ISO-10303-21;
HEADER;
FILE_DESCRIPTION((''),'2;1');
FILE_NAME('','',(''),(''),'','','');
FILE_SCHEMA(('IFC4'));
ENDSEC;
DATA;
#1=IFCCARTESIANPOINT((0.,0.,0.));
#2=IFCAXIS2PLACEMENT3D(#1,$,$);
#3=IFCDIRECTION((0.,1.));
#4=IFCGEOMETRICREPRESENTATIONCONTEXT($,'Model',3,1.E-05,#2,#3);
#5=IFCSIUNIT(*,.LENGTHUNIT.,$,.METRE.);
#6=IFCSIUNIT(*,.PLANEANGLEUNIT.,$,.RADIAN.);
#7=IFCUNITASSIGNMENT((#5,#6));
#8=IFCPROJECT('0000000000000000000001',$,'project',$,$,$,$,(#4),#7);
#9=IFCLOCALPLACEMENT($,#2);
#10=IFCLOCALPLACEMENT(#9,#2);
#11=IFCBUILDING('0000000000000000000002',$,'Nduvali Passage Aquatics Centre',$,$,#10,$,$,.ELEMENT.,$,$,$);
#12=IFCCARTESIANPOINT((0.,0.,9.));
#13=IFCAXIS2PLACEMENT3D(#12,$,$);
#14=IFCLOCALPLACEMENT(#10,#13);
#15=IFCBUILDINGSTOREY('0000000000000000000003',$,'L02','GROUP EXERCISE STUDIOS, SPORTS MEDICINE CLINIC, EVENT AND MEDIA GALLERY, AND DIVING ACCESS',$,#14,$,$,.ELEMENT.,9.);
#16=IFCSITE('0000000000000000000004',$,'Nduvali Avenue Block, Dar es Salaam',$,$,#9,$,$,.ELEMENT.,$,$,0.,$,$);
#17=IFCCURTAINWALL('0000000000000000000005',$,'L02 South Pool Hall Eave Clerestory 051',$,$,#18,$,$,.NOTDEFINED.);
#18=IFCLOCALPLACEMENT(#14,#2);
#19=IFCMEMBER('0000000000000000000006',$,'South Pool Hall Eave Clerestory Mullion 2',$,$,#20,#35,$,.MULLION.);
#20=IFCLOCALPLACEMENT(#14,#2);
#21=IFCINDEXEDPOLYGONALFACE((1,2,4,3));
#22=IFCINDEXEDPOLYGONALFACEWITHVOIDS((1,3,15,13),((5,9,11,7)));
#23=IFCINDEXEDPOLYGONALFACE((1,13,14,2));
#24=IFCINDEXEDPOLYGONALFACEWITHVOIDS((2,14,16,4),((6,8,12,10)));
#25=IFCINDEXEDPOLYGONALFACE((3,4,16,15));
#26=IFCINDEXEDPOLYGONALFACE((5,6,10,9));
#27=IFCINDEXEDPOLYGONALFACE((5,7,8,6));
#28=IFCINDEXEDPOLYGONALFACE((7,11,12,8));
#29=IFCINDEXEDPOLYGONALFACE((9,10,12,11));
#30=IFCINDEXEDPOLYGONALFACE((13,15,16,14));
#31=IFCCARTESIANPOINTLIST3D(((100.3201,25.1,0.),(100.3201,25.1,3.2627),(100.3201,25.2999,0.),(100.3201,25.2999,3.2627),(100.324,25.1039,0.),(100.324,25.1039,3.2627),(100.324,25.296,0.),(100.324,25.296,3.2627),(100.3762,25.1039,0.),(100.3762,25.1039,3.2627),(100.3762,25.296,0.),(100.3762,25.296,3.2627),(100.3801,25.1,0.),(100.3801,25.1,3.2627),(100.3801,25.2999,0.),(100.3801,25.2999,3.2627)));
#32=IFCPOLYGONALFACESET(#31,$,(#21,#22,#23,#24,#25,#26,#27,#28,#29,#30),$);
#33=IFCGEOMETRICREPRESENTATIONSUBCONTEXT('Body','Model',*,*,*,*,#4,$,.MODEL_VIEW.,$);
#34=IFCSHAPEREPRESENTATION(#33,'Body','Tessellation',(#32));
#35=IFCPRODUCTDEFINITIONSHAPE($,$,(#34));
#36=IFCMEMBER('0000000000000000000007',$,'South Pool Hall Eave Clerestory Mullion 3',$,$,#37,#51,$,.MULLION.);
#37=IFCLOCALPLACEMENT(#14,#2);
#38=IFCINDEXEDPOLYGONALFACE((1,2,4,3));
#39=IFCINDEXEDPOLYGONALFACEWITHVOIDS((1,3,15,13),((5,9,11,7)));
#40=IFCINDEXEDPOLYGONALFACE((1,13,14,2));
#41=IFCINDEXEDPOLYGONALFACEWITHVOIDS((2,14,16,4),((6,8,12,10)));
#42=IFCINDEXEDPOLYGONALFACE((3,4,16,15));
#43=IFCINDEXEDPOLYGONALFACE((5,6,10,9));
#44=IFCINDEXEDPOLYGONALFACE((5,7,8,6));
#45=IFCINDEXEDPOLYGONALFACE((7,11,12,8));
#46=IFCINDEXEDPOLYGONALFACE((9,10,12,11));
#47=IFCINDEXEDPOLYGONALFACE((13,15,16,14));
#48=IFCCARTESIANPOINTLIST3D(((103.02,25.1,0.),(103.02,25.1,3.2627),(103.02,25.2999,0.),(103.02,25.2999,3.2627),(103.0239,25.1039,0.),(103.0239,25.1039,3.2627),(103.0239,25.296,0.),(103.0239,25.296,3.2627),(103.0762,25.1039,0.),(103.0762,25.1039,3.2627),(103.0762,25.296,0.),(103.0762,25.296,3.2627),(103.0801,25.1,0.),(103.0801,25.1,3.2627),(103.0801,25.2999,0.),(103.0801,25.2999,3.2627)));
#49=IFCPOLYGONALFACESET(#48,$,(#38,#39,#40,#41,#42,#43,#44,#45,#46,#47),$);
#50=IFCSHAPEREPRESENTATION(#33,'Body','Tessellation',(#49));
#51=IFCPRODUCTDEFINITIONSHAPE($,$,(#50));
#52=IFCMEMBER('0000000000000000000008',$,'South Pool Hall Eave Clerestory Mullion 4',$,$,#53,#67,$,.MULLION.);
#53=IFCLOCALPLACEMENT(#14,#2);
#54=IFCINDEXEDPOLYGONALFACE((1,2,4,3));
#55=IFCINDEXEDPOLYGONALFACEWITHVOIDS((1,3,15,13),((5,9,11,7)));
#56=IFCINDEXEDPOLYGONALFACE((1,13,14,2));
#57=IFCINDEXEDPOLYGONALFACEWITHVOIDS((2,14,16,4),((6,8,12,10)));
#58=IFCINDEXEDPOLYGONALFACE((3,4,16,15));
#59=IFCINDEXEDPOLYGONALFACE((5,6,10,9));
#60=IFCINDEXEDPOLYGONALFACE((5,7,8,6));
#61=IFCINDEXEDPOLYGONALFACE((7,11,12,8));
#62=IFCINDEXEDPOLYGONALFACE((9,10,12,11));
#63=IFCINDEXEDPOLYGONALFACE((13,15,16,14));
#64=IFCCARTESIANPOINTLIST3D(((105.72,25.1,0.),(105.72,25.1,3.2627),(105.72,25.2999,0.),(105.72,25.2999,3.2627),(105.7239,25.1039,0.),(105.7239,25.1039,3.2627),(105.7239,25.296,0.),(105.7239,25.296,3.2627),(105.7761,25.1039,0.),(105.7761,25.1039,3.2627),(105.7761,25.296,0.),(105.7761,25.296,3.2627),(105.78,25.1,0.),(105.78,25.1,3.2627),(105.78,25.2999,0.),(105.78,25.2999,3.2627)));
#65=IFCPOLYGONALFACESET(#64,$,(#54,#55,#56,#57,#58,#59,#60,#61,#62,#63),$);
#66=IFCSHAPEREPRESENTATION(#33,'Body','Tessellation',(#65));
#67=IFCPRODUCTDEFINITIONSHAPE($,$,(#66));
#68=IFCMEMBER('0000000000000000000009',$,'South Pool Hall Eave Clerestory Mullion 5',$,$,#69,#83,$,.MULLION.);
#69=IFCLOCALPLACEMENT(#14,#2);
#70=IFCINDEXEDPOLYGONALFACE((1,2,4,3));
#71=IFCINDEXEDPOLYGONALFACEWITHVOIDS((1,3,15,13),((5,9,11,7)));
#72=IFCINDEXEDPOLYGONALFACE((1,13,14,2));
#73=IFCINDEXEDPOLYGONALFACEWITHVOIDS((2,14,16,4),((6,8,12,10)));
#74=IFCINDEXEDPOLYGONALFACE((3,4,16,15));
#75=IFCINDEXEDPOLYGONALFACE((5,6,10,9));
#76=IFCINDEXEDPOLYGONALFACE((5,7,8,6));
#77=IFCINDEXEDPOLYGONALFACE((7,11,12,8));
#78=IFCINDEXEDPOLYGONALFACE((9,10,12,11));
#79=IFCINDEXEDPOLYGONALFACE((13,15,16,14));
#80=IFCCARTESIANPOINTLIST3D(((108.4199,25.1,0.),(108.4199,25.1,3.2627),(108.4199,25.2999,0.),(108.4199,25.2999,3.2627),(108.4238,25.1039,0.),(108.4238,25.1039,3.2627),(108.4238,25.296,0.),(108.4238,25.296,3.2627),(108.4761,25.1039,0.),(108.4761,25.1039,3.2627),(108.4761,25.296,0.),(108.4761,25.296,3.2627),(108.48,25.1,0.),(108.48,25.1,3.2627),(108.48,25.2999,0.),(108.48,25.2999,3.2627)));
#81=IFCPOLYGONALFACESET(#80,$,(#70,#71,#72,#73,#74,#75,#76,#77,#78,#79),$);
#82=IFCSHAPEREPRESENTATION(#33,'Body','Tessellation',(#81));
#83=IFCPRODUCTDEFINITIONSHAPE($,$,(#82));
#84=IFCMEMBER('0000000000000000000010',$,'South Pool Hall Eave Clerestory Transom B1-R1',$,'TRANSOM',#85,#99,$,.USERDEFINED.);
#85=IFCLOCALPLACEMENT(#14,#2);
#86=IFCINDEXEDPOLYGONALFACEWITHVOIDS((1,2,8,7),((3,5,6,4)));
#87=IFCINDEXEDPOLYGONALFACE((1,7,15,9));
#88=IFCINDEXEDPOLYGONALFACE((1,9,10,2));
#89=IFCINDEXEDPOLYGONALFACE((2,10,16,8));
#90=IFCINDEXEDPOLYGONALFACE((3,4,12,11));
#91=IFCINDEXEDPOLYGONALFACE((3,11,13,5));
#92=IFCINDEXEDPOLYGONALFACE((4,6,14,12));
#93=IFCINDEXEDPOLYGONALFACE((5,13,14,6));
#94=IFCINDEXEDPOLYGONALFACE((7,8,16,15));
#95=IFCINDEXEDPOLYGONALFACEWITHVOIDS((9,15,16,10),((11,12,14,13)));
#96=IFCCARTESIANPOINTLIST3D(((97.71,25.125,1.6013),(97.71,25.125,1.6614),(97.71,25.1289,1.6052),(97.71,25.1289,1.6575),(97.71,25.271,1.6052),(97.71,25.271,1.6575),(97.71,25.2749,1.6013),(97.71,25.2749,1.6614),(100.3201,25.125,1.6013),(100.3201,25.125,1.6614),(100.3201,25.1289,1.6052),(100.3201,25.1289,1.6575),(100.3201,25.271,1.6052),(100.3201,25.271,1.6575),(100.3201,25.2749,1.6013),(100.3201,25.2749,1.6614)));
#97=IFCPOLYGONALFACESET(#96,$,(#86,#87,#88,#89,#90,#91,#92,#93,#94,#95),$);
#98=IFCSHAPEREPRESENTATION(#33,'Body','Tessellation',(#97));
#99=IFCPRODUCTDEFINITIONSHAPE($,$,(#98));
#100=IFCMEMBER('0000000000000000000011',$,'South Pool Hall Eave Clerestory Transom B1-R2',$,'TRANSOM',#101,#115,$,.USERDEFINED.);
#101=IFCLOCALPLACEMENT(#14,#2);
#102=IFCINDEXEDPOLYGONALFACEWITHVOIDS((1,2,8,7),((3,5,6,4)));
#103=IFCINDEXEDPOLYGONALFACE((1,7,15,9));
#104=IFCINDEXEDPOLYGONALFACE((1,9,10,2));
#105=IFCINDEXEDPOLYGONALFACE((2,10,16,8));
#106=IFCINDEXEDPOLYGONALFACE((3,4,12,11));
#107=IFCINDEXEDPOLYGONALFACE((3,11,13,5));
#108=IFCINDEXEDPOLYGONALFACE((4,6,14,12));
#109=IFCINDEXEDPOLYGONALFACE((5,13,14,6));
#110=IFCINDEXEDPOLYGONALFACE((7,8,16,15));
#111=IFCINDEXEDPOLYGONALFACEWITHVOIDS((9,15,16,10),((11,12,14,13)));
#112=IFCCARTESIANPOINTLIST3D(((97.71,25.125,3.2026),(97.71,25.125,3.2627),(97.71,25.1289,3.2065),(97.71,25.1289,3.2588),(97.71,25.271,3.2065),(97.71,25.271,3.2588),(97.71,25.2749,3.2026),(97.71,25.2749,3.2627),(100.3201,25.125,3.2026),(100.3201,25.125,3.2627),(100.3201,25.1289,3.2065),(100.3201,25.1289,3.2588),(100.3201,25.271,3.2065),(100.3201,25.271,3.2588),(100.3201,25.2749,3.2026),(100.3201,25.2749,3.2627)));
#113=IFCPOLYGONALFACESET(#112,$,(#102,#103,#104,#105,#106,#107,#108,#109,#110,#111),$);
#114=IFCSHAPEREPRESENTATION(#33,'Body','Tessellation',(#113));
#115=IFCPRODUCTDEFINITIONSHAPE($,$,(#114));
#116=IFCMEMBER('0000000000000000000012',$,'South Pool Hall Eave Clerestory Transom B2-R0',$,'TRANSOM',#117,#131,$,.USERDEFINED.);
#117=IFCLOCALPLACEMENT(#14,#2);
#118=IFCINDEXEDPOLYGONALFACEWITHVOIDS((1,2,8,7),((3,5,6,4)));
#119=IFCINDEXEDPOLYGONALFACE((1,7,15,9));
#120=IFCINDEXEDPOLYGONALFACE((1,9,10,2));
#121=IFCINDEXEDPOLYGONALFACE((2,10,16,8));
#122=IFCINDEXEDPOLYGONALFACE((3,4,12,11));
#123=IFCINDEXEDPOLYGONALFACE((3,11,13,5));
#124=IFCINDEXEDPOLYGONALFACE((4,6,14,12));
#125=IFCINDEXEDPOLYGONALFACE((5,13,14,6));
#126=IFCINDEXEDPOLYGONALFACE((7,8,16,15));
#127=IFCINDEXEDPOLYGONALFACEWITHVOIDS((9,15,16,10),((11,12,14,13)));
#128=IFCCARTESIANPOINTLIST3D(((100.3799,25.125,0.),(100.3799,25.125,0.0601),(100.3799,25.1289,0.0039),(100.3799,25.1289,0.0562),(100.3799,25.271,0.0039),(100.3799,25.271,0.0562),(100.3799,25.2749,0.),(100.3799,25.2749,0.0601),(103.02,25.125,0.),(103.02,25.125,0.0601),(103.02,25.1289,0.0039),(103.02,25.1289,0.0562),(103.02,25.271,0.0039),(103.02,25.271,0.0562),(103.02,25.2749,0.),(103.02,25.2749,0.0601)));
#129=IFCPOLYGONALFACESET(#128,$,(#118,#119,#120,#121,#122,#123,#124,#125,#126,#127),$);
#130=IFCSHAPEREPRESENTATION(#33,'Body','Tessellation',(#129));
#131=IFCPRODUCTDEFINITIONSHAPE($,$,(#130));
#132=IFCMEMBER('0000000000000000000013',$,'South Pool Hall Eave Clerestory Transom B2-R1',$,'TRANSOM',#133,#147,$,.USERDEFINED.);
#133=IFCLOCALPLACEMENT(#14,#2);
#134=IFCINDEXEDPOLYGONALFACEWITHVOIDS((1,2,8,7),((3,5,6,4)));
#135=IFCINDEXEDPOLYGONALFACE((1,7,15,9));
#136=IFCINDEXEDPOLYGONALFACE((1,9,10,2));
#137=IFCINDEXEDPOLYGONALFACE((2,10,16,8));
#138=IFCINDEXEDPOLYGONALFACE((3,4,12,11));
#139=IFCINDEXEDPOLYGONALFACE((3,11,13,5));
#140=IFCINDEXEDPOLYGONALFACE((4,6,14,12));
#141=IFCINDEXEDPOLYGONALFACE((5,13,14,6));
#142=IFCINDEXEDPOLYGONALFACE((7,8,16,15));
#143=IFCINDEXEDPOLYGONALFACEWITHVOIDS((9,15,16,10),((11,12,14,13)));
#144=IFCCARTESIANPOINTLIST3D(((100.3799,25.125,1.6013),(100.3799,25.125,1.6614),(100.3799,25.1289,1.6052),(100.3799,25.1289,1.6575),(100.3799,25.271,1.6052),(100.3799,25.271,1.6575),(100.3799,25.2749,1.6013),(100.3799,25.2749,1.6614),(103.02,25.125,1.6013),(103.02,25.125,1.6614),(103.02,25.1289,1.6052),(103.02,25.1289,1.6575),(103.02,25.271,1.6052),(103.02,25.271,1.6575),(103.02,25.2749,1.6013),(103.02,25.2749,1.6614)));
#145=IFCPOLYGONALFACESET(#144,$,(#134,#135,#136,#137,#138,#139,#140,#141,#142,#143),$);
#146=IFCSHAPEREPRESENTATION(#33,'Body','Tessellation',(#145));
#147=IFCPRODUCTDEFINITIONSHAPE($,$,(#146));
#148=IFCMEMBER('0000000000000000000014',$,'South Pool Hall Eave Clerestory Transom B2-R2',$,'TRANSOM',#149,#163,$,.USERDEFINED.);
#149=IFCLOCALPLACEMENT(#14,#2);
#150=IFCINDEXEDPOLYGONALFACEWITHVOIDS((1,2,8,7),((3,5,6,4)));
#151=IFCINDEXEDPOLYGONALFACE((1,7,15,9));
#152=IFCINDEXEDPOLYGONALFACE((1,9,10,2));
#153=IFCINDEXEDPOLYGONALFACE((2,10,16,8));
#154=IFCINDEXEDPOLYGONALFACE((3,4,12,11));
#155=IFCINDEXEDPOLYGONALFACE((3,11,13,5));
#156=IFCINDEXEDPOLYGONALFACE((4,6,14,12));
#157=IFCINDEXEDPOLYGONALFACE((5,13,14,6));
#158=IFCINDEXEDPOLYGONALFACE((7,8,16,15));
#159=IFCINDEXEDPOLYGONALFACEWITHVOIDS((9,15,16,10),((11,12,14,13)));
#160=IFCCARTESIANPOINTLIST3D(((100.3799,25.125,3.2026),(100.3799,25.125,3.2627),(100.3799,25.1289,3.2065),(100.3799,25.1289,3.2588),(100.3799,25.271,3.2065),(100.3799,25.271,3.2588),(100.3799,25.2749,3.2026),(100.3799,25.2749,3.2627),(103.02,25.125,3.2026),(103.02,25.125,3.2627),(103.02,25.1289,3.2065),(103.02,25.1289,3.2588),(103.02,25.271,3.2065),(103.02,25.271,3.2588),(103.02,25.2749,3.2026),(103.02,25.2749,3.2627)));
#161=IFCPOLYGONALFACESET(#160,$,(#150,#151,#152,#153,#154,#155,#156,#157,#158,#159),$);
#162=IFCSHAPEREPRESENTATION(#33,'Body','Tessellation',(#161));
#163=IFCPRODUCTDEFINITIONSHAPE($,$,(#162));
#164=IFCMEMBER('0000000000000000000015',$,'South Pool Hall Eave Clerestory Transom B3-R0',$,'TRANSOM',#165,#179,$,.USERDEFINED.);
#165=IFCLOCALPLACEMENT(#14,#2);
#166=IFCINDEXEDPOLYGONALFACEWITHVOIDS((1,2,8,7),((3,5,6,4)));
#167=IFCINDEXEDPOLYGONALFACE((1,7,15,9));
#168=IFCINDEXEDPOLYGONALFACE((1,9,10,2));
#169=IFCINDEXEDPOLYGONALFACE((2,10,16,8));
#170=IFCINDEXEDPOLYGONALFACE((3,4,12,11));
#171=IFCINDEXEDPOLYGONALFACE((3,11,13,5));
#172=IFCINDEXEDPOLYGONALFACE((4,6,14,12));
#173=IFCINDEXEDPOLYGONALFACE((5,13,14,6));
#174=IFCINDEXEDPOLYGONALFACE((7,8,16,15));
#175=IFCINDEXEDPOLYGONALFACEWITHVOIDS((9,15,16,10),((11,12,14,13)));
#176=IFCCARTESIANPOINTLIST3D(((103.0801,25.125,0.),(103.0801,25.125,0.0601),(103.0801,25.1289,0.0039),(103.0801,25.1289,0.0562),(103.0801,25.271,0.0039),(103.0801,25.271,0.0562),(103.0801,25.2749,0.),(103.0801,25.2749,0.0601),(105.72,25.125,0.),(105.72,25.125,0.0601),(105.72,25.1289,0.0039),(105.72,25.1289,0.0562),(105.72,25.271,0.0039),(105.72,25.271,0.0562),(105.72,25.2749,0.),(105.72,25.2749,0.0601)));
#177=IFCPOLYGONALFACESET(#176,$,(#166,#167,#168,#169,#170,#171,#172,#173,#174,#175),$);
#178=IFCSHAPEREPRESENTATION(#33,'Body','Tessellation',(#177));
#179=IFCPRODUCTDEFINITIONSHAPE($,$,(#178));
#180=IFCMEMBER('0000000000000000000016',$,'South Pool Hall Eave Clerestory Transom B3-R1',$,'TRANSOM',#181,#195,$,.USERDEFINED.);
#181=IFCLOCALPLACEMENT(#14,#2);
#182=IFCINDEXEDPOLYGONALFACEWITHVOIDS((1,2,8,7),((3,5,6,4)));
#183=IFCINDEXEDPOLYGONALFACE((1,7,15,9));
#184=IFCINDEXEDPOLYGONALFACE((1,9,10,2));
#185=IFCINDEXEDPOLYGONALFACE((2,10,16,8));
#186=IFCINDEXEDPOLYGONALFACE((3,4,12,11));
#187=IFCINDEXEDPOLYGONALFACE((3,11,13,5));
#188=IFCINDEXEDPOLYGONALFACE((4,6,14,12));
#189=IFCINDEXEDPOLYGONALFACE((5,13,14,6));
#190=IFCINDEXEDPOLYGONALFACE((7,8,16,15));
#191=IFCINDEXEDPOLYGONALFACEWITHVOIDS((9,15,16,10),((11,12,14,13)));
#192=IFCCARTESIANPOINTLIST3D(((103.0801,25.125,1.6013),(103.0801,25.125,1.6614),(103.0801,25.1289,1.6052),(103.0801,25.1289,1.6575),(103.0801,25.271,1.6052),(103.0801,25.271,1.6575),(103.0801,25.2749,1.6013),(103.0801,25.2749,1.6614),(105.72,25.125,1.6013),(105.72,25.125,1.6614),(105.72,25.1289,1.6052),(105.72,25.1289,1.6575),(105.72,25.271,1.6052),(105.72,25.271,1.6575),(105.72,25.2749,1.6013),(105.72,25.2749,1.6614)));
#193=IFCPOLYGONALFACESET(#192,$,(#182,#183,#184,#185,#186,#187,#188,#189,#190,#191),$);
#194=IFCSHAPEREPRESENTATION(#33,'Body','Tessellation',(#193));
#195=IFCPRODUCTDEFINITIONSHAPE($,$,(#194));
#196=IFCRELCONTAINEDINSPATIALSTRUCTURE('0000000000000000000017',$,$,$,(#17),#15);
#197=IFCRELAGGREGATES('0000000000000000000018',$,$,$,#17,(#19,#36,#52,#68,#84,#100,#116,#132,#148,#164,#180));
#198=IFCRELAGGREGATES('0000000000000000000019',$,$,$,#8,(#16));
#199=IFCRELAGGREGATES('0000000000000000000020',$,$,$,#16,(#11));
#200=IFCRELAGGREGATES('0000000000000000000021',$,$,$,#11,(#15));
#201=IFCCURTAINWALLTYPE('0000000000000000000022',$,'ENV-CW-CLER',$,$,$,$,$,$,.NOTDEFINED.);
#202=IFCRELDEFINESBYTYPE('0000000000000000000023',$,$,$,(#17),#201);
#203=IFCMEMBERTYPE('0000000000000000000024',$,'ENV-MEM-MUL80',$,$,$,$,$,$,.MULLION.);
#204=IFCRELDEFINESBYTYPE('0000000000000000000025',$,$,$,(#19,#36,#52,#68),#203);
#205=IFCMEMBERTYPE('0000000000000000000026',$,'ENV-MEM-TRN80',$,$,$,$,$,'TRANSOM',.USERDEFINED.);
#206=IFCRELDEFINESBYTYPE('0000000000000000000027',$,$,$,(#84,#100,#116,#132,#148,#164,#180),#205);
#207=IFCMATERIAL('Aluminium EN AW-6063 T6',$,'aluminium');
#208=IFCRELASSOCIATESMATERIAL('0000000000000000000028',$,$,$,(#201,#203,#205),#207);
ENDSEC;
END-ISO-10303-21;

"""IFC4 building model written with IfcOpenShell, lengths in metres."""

from ifc_helpers import new_model, si_unit, direction, frame, origin, origin_2d, place, context, subcontext, project, spatial, hollow_rectangle, extrude, material, material_profile, profile_set, type_object, element, aggregate, save


model = new_model("IFC4")

# Units and contexts
model_context = context("Model", 3, precision=1e-05, world=origin(), true_north=direction((0.0, 1.0)))
body_context = subcontext(model_context, "Body", "Model", "MODEL_VIEW")
ifc_project = project(units=[si_unit("LENGTHUNIT", "METRE"), si_unit("PLANEANGLEUNIT", "RADIAN")], contexts=[model_context])

# Site, building, storey
site_placement = place(None, origin())
site = spatial("IfcSite", under=ifc_project, at=site_placement, Name="Nduvali Avenue Block, Dar es Salaam", CompositionType="ELEMENT", RefElevation=0.0)
building_placement = place(site_placement, origin())
building = spatial("IfcBuilding", under=site, at=building_placement, Name="Nduvali Passage Aquatics Centre", CompositionType="ELEMENT")
storey_placement = place(building_placement, frame((0.0, 0.0, 9.0)))
storey = spatial("IfcBuildingStorey", under=building, at=storey_placement, Name="L02", Description="GROUP EXERCISE STUDIOS, SPORTS MEDICINE CLINIC, EVENT AND MEDIA GALLERY, AND DIVING ACCESS", CompositionType="ELEMENT", Elevation=9.0)

# Curtain wall, members
ifc_material_1 = material(Name="Aluminium EN AW-6063 T6", Category="aluminium")
curtain_wall_type = type_object("IfcCurtainWallType", Name="ENV-CW-CLER", PredefinedType="NOTDEFINED", material=ifc_material_1)
curtain_wall_placement = place(storey_placement, origin())
curtain_wall = element("IfcCurtainWall", 1, at=curtain_wall_placement, inside=storey, type_object=curtain_wall_type, Name="L02 South Pool Hall Eave Clerestory 051", PredefinedType="NOTDEFINED")
ifc_material_profile_1 = material_profile(ifc_material_1, hollow_rectangle(XDim=0.0601, YDim=0.2, WallThickness=0.0039, at=origin_2d()), Name="ALU MULLION 60x200x4")
ifc_profile_set_1 = profile_set([ifc_material_profile_1], Name="Aluminium EN AW-6063 T6")
member_type_1 = type_object("IfcMemberType", Name="ENV-MEM-MUL80", PredefinedType="MULLION", material=ifc_profile_set_1)
member_1_placement = place(storey_placement, frame((100.3501, 25.2, 0.0), z_axis=(0.0, 0.0, 1.0), x_axis=(1.0, 0.0, 0.0)))
member_1 = element("IfcMember", 2, at=member_1_placement, type_object=member_type_1, Name="South Pool Hall Eave Clerestory Mullion 2", PredefinedType="MULLION", context=body_context, shape_type="SweptSolid", body=[
    extrude(hollow_rectangle(XDim=0.0601, YDim=0.2, WallThickness=0.0039, at=origin_2d()), origin(), (0.0, 0.0, 1.0), 3.2627),
])
member_2_placement = place(storey_placement, frame((103.05, 25.2, 0.0), z_axis=(0.0, 0.0, 1.0), x_axis=(1.0, 0.0, 0.0)))
member_2 = element("IfcMember", 3, at=member_2_placement, type_object=member_type_1, Name="South Pool Hall Eave Clerestory Mullion 3", PredefinedType="MULLION", context=body_context, shape_type="SweptSolid", body=[
    extrude(hollow_rectangle(XDim=0.0601, YDim=0.2, WallThickness=0.0039, at=origin_2d()), origin(), (0.0, 0.0, 1.0), 3.2627),
])
member_3_placement = place(storey_placement, frame((105.75, 25.2, 0.0), z_axis=(0.0, 0.0, 1.0), x_axis=(1.0, 0.0, 0.0)))
member_3 = element("IfcMember", 4, at=member_3_placement, type_object=member_type_1, Name="South Pool Hall Eave Clerestory Mullion 4", PredefinedType="MULLION", context=body_context, shape_type="SweptSolid", body=[
    extrude(hollow_rectangle(XDim=0.0601, YDim=0.2, WallThickness=0.0039, at=origin_2d()), origin(), (0.0, 0.0, 1.0), 3.2627),
])
member_4_placement = place(storey_placement, frame((108.45, 25.2, 0.0), z_axis=(0.0, 0.0, 1.0), x_axis=(1.0, 0.0, 0.0)))
member_4 = element("IfcMember", 5, at=member_4_placement, type_object=member_type_1, Name="South Pool Hall Eave Clerestory Mullion 5", PredefinedType="MULLION", context=body_context, shape_type="SweptSolid", body=[
    extrude(hollow_rectangle(XDim=0.0601, YDim=0.2, WallThickness=0.0039, at=origin_2d()), origin(), (0.0, 0.0, 1.0), 3.2627),
])
ifc_material_profile_2 = material_profile(ifc_material_1, hollow_rectangle(XDim=0.1499, YDim=0.0601, WallThickness=0.0039, at=origin_2d()), Name="ALU TRANSOM 150x60x4")
ifc_profile_set_2 = profile_set([ifc_material_profile_2], Name="Aluminium EN AW-6063 T6")
member_type_2 = type_object("IfcMemberType", Name="ENV-MEM-TRN80", ElementType="TRANSOM", PredefinedType="USERDEFINED", material=ifc_profile_set_2)
member_5_placement = place(storey_placement, frame((97.71, 25.2, 1.6313), z_axis=(1.0, 0.0, 0.0), x_axis=(0.0, 1.0, 0.0)))
member_5 = element("IfcMember", 6, at=member_5_placement, type_object=member_type_2, Name="South Pool Hall Eave Clerestory Transom B1-R1", ObjectType="TRANSOM", PredefinedType="USERDEFINED", context=body_context, shape_type="SweptSolid", body=[
    extrude(hollow_rectangle(XDim=0.1499, YDim=0.0601, WallThickness=0.0039, at=origin_2d()), origin(), (0.0, 0.0, 1.0), 2.6101),
])
member_6_placement = place(storey_placement, frame((97.71, 25.2, 3.2327), z_axis=(1.0, 0.0, 0.0), x_axis=(0.0, 1.0, 0.0)))
member_6 = element("IfcMember", 7, at=member_6_placement, type_object=member_type_2, Name="South Pool Hall Eave Clerestory Transom B1-R2", ObjectType="TRANSOM", PredefinedType="USERDEFINED", context=body_context, shape_type="SweptSolid", body=[
    extrude(hollow_rectangle(XDim=0.1499, YDim=0.0601, WallThickness=0.0039, at=origin_2d()), origin(), (0.0, 0.0, 1.0), 2.6101),
])
member_7_placement = place(storey_placement, frame((100.3799, 25.2, 0.03), z_axis=(1.0, 0.0, 0.0), x_axis=(0.0, 1.0, 0.0)))
member_7 = element("IfcMember", 8, at=member_7_placement, type_object=member_type_2, Name="South Pool Hall Eave Clerestory Transom B2-R0", ObjectType="TRANSOM", PredefinedType="USERDEFINED", context=body_context, shape_type="SweptSolid", body=[
    extrude(hollow_rectangle(XDim=0.1499, YDim=0.0601, WallThickness=0.0039, at=origin_2d()), origin(), (0.0, 0.0, 1.0), 2.6401),
])
member_8_placement = place(storey_placement, frame((100.3799, 25.2, 1.6313), z_axis=(1.0, 0.0, 0.0), x_axis=(0.0, 1.0, 0.0)))
member_8 = element("IfcMember", 9, at=member_8_placement, type_object=member_type_2, Name="South Pool Hall Eave Clerestory Transom B2-R1", ObjectType="TRANSOM", PredefinedType="USERDEFINED", context=body_context, shape_type="SweptSolid", body=[
    extrude(hollow_rectangle(XDim=0.1499, YDim=0.0601, WallThickness=0.0039, at=origin_2d()), origin(), (0.0, 0.0, 1.0), 2.6401),
])
member_9_placement = place(storey_placement, frame((100.3799, 25.2, 3.2327), z_axis=(1.0, 0.0, 0.0), x_axis=(0.0, 1.0, 0.0)))
member_9 = element("IfcMember", 10, at=member_9_placement, type_object=member_type_2, Name="South Pool Hall Eave Clerestory Transom B2-R2", ObjectType="TRANSOM", PredefinedType="USERDEFINED", context=body_context, shape_type="SweptSolid", body=[
    extrude(hollow_rectangle(XDim=0.1499, YDim=0.0601, WallThickness=0.0039, at=origin_2d()), origin(), (0.0, 0.0, 1.0), 2.6401),
])
member_10_placement = place(storey_placement, frame((103.0801, 25.2, 0.03), z_axis=(1.0, 0.0, 0.0), x_axis=(0.0, 1.0, 0.0)))
member_10 = element("IfcMember", 11, at=member_10_placement, type_object=member_type_2, Name="South Pool Hall Eave Clerestory Transom B3-R0", ObjectType="TRANSOM", PredefinedType="USERDEFINED", context=body_context, shape_type="SweptSolid", body=[
    extrude(hollow_rectangle(XDim=0.1499, YDim=0.0601, WallThickness=0.0039, at=origin_2d()), origin(), (0.0, 0.0, 1.0), 2.6399),
])
member_11_placement = place(storey_placement, frame((103.0801, 25.2, 1.6313), z_axis=(1.0, 0.0, 0.0), x_axis=(0.0, 1.0, 0.0)))
member_11 = element("IfcMember", 12, at=member_11_placement, type_object=member_type_2, Name="South Pool Hall Eave Clerestory Transom B3-R1", ObjectType="TRANSOM", PredefinedType="USERDEFINED", context=body_context, shape_type="SweptSolid", body=[
    extrude(hollow_rectangle(XDim=0.1499, YDim=0.0601, WallThickness=0.0039, at=origin_2d()), origin(), (0.0, 0.0, 1.0), 2.6399),
])
aggregate(curtain_wall, [member_1, member_2, member_3, member_4, member_5, member_6, member_7, member_8, member_9, member_10, member_11])

save(model, "model.ifc")
